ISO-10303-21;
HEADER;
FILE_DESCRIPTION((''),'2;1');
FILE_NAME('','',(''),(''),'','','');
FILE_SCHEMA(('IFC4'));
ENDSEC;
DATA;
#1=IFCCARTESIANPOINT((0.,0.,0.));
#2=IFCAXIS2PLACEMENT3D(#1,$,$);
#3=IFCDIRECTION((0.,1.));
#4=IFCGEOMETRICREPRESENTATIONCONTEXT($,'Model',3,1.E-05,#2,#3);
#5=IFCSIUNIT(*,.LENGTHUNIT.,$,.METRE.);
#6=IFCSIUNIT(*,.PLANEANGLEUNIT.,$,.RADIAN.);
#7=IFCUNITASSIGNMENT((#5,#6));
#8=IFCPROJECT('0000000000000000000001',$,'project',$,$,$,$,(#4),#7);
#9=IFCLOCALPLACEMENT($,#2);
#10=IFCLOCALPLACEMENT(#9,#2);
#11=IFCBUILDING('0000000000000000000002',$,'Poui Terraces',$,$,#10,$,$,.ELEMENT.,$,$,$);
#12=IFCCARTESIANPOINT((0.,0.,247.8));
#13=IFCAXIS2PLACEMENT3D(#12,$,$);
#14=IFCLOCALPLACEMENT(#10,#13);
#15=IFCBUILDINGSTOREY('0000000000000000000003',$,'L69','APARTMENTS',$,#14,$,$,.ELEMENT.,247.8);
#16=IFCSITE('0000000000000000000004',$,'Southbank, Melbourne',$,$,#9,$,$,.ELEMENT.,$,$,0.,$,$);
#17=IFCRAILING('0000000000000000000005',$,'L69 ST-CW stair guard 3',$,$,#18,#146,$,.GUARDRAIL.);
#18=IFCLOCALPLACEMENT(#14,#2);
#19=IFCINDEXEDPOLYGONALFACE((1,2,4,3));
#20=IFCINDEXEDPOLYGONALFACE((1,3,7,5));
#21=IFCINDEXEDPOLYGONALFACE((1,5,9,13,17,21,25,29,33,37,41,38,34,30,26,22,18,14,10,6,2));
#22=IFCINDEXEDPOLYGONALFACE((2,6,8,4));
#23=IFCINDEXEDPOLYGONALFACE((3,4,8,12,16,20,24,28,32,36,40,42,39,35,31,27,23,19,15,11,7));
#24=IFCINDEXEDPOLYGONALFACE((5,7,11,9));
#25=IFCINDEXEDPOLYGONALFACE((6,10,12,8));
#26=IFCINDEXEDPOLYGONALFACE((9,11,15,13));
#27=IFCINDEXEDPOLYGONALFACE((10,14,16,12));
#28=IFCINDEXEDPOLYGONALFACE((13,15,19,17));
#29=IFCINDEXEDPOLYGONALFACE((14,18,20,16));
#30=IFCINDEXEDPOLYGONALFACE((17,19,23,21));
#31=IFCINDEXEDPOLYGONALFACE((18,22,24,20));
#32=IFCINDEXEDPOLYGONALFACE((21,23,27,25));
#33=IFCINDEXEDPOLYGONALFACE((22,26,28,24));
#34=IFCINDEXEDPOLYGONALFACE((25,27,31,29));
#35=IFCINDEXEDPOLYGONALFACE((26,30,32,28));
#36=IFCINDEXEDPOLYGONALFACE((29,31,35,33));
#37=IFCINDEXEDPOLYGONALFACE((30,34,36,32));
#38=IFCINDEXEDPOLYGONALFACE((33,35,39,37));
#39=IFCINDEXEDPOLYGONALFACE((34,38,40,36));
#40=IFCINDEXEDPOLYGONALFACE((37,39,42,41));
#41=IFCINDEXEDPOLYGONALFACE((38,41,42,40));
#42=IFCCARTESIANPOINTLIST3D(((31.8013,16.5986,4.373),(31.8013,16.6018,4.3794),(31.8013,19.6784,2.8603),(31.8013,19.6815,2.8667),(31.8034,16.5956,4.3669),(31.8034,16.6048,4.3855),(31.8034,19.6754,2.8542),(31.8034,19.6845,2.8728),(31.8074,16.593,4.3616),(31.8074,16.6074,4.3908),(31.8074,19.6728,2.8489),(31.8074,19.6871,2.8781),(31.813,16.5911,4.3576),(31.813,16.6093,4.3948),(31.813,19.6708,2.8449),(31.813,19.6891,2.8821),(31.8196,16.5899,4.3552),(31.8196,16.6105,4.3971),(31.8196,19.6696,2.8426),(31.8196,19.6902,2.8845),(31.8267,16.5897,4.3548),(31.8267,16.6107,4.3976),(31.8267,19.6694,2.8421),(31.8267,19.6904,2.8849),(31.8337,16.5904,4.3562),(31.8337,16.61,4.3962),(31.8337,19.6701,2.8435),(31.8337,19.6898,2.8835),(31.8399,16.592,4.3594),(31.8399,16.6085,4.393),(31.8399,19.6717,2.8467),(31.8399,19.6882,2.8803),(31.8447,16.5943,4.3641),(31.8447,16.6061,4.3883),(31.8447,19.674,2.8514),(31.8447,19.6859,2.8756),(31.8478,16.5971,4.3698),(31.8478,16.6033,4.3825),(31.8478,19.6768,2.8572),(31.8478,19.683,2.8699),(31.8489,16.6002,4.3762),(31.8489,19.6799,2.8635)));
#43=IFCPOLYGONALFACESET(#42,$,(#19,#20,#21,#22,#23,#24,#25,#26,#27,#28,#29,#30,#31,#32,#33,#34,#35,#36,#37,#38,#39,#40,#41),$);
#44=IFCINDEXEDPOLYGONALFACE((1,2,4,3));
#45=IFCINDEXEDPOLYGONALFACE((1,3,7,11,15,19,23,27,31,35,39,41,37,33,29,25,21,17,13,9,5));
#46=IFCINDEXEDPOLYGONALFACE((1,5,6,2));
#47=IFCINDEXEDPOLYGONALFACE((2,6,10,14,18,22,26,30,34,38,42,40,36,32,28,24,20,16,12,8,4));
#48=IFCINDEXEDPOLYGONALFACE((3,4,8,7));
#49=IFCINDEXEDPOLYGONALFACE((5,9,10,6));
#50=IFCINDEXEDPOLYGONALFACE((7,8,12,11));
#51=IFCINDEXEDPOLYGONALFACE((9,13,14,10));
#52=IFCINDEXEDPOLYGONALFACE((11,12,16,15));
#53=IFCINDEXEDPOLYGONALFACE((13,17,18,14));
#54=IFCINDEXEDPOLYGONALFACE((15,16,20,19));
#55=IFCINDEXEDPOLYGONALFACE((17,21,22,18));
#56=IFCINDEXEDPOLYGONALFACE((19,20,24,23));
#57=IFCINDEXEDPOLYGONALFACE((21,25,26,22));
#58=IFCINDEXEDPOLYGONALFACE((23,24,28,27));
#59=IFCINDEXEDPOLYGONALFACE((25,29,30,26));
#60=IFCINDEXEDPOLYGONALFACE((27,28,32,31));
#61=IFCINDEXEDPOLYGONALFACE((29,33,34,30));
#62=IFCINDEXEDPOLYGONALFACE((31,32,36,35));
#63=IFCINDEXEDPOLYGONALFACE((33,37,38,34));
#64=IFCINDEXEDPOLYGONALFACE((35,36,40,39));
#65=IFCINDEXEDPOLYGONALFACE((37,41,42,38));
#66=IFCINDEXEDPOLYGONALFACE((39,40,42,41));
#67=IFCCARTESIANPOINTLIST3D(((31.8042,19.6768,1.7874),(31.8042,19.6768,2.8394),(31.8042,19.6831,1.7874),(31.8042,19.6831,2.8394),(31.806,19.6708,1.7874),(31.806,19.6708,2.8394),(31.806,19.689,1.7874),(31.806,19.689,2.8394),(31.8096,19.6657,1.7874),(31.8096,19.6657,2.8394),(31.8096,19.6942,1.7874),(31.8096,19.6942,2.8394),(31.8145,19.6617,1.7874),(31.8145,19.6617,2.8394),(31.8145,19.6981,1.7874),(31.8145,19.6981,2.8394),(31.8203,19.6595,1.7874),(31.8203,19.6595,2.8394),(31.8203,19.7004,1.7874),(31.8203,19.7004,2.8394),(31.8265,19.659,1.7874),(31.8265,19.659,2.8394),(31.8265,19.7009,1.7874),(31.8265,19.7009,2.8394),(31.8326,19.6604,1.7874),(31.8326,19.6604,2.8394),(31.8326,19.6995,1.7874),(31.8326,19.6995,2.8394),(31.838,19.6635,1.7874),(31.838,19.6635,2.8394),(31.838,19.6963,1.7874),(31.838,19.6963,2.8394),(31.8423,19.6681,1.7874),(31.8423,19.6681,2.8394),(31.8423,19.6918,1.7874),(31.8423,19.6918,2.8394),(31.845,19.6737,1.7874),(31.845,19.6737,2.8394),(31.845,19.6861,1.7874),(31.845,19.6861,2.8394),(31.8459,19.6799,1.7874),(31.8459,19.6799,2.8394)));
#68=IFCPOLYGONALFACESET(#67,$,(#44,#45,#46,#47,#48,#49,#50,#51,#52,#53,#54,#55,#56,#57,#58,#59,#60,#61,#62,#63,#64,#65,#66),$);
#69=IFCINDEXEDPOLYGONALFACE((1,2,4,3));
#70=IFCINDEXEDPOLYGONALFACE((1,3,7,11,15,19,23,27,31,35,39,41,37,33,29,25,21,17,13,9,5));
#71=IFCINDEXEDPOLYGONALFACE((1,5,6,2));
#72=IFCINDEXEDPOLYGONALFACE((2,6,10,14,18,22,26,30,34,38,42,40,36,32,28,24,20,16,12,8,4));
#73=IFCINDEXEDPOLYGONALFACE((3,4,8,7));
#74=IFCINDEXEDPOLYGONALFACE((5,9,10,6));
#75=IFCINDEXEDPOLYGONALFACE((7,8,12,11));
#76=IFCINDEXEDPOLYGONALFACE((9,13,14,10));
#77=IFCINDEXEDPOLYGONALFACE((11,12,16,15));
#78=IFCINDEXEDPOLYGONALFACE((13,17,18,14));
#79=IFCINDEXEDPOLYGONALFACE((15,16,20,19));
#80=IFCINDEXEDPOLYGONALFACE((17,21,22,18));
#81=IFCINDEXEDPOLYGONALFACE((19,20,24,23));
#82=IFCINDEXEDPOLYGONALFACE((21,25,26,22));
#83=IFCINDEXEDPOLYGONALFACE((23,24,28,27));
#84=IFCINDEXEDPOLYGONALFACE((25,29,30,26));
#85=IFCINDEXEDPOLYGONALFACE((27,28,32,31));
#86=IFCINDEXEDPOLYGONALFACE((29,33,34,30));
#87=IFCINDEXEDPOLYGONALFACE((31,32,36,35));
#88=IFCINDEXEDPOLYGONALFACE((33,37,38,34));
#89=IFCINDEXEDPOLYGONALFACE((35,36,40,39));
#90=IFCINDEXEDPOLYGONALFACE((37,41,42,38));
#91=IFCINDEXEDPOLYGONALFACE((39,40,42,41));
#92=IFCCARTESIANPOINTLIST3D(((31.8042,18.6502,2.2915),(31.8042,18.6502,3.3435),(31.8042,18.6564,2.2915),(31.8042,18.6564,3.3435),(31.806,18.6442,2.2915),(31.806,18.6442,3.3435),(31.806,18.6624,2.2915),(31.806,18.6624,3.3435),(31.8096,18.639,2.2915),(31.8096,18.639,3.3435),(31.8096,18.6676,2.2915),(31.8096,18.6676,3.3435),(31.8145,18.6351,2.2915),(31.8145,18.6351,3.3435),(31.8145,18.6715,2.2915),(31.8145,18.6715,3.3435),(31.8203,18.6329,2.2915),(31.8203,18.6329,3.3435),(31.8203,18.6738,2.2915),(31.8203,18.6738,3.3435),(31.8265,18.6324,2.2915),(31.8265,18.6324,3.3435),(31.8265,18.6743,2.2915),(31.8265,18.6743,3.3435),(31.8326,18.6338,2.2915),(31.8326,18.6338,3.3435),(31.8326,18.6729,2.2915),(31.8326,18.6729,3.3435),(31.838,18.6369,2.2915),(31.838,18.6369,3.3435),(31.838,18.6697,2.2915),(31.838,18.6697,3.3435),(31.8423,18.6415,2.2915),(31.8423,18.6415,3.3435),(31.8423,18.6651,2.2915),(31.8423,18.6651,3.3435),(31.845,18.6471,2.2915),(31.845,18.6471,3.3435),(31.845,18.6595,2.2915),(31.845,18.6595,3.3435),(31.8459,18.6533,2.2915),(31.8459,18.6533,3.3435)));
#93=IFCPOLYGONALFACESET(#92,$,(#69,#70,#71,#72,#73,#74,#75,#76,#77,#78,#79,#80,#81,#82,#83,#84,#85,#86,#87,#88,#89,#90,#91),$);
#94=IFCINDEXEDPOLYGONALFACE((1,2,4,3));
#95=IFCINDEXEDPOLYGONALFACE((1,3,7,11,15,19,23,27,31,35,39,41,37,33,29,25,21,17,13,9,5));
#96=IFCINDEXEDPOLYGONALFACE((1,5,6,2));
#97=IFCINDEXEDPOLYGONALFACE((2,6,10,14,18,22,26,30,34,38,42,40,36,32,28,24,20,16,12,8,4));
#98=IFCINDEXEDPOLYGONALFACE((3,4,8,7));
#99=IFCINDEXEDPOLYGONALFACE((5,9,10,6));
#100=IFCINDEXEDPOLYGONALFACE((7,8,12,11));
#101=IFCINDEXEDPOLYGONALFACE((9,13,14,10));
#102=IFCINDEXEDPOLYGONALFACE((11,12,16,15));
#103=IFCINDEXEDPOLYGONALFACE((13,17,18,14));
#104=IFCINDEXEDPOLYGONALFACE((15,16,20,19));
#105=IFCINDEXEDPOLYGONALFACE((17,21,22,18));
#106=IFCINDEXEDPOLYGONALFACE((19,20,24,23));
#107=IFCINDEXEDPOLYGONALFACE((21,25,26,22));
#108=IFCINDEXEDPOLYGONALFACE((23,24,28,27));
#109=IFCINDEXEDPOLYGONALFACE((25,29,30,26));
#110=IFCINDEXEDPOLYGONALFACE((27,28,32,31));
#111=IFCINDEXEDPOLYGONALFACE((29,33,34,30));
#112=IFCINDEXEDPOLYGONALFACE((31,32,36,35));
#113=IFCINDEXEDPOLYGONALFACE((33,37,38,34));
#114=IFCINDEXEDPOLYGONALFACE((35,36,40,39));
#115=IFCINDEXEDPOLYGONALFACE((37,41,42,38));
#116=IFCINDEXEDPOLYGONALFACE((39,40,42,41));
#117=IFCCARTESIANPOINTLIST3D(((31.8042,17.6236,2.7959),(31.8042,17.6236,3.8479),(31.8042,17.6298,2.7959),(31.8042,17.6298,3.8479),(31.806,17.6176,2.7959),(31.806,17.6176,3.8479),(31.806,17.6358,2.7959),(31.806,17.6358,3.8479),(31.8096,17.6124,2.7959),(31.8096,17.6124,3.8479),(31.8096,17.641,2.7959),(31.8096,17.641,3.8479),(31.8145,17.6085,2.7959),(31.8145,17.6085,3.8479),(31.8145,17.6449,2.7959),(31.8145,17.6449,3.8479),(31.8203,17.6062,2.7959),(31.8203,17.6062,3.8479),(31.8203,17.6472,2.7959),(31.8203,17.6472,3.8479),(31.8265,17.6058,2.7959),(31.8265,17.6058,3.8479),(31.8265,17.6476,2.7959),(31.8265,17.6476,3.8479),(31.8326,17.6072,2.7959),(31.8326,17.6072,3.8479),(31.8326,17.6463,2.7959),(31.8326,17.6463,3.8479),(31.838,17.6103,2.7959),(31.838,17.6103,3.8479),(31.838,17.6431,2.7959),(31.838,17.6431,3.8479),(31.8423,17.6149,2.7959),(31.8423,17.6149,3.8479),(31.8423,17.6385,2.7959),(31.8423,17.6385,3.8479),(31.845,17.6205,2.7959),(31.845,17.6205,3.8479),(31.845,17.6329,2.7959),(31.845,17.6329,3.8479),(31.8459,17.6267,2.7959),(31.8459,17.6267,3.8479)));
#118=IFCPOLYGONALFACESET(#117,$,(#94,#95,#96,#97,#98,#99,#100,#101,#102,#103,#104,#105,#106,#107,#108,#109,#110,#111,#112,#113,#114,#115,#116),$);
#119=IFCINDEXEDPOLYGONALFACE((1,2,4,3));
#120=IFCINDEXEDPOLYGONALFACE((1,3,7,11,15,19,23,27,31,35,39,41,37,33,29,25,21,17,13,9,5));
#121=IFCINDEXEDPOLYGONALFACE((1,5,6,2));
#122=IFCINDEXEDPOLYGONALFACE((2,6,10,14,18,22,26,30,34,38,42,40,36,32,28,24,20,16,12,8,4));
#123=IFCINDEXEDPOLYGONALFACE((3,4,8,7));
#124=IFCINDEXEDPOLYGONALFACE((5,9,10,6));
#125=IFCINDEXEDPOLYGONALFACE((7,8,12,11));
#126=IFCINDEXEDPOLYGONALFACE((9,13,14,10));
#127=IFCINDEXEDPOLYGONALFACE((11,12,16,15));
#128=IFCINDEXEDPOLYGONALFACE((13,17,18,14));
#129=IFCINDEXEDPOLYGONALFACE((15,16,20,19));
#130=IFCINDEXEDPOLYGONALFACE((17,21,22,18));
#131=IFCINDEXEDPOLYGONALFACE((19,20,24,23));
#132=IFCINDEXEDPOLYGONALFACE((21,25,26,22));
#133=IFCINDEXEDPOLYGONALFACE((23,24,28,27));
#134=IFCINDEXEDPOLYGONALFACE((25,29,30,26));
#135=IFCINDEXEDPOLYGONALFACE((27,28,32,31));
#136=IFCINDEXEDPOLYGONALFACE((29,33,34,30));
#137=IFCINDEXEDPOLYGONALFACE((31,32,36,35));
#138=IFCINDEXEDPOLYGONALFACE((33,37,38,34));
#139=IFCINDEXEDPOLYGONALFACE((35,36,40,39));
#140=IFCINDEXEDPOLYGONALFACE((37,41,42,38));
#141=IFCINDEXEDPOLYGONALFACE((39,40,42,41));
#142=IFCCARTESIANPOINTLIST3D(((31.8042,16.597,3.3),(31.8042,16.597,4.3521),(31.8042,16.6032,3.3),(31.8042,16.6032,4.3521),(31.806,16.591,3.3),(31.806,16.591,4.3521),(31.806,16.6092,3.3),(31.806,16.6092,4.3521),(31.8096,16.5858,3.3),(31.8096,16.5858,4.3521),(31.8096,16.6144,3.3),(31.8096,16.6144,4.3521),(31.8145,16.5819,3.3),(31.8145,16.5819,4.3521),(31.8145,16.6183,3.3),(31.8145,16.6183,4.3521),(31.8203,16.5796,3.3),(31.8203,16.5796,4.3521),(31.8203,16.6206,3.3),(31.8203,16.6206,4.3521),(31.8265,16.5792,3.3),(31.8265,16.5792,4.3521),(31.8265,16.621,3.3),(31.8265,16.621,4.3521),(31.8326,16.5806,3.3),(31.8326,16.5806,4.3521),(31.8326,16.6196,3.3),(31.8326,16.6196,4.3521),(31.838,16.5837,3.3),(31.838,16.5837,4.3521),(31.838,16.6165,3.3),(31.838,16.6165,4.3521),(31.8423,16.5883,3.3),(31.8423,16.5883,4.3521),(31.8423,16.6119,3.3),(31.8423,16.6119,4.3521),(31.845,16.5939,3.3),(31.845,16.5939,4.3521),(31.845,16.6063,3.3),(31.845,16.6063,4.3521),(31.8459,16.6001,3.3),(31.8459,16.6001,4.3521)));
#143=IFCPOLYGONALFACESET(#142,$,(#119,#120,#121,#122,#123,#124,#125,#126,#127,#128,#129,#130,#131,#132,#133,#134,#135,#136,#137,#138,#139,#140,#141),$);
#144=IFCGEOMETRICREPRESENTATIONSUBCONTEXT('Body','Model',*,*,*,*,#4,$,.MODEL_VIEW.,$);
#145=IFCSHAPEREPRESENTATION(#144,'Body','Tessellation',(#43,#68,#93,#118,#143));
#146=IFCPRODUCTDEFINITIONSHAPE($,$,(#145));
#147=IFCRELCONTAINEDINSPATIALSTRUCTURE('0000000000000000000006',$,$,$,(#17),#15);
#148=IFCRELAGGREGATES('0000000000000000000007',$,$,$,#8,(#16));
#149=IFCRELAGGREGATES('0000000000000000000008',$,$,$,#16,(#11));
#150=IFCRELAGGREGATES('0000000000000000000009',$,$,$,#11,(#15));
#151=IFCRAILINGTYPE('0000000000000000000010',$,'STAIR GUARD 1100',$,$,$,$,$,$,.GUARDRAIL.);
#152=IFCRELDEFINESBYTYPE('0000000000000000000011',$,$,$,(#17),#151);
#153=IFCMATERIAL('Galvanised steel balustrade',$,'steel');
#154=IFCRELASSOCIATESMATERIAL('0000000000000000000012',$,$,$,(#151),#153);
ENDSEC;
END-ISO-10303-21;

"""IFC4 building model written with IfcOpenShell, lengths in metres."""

from ifc_helpers import new_model, si_unit, direction, frame, origin, origin_2d, place, context, subcontext, project, spatial, circle, extrude, material, type_object, element, save


model = new_model("IFC4")

# Units and contexts
model_context = context("Model", 3, precision=1e-05, world=origin(), true_north=direction((0.0, 1.0)))
body_context = subcontext(model_context, "Body", "Model", "MODEL_VIEW")
ifc_project = project(units=[si_unit("LENGTHUNIT", "METRE"), si_unit("PLANEANGLEUNIT", "RADIAN")], contexts=[model_context])

# Site, building, storey
site_placement = place(None, origin())
site = spatial("IfcSite", under=ifc_project, at=site_placement, Name="Southbank, Melbourne", CompositionType="ELEMENT", RefElevation=0.0)
building_placement = place(site_placement, origin())
building = spatial("IfcBuilding", under=site, at=building_placement, Name="Poui Terraces", CompositionType="ELEMENT")
storey_placement = place(building_placement, frame((0.0, 0.0, 247.8)))
storey = spatial("IfcBuildingStorey", under=building, at=storey_placement, Name="L69", Description="APARTMENTS", CompositionType="ELEMENT", Elevation=247.8)

# Railing
ifc_material_1 = material(Name="Galvanised steel balustrade", Category="steel")
railing_type = type_object("IfcRailingType", Name="STAIR GUARD 1100", PredefinedType="GUARDRAIL", material=ifc_material_1)
railing_1_placement = place(storey_placement, frame((31.825, 19.6799, 1.7874)))
element("IfcRailing", 1, at=railing_1_placement, inside=storey, type_object=railing_type, Name="L69 ST-CW stair guard 3", PredefinedType="GUARDRAIL", context=body_context, shape_type="SweptSolid", body=[
    extrude(circle(Radius=0.0239, at=origin_2d()), frame((0.0, 0.0, 1.0762), z_axis=(0.0, -0.897578, 0.440856), x_axis=(1.0, 0.0, 0.0)), (0.0, 0.0, 1.0), 3.4312),
    extrude(circle(Radius=0.021, at=origin_2d()), origin(), (0.0, 0.0, 1.0), 1.052),
    extrude(circle(Radius=0.021, at=origin_2d()), frame((0.0, -1.0266, 0.5042)), (0.0, 0.0, 1.0), 1.052),
    extrude(circle(Radius=0.021, at=origin_2d()), frame((0.0, -2.0532, 1.0085)), (0.0, 0.0, 1.0), 1.052),
    extrude(circle(Radius=0.021, at=origin_2d()), frame((0.0, -3.0798, 1.5127)), (0.0, 0.0, 1.0), 1.052),
])

save(model, "model.ifc")
